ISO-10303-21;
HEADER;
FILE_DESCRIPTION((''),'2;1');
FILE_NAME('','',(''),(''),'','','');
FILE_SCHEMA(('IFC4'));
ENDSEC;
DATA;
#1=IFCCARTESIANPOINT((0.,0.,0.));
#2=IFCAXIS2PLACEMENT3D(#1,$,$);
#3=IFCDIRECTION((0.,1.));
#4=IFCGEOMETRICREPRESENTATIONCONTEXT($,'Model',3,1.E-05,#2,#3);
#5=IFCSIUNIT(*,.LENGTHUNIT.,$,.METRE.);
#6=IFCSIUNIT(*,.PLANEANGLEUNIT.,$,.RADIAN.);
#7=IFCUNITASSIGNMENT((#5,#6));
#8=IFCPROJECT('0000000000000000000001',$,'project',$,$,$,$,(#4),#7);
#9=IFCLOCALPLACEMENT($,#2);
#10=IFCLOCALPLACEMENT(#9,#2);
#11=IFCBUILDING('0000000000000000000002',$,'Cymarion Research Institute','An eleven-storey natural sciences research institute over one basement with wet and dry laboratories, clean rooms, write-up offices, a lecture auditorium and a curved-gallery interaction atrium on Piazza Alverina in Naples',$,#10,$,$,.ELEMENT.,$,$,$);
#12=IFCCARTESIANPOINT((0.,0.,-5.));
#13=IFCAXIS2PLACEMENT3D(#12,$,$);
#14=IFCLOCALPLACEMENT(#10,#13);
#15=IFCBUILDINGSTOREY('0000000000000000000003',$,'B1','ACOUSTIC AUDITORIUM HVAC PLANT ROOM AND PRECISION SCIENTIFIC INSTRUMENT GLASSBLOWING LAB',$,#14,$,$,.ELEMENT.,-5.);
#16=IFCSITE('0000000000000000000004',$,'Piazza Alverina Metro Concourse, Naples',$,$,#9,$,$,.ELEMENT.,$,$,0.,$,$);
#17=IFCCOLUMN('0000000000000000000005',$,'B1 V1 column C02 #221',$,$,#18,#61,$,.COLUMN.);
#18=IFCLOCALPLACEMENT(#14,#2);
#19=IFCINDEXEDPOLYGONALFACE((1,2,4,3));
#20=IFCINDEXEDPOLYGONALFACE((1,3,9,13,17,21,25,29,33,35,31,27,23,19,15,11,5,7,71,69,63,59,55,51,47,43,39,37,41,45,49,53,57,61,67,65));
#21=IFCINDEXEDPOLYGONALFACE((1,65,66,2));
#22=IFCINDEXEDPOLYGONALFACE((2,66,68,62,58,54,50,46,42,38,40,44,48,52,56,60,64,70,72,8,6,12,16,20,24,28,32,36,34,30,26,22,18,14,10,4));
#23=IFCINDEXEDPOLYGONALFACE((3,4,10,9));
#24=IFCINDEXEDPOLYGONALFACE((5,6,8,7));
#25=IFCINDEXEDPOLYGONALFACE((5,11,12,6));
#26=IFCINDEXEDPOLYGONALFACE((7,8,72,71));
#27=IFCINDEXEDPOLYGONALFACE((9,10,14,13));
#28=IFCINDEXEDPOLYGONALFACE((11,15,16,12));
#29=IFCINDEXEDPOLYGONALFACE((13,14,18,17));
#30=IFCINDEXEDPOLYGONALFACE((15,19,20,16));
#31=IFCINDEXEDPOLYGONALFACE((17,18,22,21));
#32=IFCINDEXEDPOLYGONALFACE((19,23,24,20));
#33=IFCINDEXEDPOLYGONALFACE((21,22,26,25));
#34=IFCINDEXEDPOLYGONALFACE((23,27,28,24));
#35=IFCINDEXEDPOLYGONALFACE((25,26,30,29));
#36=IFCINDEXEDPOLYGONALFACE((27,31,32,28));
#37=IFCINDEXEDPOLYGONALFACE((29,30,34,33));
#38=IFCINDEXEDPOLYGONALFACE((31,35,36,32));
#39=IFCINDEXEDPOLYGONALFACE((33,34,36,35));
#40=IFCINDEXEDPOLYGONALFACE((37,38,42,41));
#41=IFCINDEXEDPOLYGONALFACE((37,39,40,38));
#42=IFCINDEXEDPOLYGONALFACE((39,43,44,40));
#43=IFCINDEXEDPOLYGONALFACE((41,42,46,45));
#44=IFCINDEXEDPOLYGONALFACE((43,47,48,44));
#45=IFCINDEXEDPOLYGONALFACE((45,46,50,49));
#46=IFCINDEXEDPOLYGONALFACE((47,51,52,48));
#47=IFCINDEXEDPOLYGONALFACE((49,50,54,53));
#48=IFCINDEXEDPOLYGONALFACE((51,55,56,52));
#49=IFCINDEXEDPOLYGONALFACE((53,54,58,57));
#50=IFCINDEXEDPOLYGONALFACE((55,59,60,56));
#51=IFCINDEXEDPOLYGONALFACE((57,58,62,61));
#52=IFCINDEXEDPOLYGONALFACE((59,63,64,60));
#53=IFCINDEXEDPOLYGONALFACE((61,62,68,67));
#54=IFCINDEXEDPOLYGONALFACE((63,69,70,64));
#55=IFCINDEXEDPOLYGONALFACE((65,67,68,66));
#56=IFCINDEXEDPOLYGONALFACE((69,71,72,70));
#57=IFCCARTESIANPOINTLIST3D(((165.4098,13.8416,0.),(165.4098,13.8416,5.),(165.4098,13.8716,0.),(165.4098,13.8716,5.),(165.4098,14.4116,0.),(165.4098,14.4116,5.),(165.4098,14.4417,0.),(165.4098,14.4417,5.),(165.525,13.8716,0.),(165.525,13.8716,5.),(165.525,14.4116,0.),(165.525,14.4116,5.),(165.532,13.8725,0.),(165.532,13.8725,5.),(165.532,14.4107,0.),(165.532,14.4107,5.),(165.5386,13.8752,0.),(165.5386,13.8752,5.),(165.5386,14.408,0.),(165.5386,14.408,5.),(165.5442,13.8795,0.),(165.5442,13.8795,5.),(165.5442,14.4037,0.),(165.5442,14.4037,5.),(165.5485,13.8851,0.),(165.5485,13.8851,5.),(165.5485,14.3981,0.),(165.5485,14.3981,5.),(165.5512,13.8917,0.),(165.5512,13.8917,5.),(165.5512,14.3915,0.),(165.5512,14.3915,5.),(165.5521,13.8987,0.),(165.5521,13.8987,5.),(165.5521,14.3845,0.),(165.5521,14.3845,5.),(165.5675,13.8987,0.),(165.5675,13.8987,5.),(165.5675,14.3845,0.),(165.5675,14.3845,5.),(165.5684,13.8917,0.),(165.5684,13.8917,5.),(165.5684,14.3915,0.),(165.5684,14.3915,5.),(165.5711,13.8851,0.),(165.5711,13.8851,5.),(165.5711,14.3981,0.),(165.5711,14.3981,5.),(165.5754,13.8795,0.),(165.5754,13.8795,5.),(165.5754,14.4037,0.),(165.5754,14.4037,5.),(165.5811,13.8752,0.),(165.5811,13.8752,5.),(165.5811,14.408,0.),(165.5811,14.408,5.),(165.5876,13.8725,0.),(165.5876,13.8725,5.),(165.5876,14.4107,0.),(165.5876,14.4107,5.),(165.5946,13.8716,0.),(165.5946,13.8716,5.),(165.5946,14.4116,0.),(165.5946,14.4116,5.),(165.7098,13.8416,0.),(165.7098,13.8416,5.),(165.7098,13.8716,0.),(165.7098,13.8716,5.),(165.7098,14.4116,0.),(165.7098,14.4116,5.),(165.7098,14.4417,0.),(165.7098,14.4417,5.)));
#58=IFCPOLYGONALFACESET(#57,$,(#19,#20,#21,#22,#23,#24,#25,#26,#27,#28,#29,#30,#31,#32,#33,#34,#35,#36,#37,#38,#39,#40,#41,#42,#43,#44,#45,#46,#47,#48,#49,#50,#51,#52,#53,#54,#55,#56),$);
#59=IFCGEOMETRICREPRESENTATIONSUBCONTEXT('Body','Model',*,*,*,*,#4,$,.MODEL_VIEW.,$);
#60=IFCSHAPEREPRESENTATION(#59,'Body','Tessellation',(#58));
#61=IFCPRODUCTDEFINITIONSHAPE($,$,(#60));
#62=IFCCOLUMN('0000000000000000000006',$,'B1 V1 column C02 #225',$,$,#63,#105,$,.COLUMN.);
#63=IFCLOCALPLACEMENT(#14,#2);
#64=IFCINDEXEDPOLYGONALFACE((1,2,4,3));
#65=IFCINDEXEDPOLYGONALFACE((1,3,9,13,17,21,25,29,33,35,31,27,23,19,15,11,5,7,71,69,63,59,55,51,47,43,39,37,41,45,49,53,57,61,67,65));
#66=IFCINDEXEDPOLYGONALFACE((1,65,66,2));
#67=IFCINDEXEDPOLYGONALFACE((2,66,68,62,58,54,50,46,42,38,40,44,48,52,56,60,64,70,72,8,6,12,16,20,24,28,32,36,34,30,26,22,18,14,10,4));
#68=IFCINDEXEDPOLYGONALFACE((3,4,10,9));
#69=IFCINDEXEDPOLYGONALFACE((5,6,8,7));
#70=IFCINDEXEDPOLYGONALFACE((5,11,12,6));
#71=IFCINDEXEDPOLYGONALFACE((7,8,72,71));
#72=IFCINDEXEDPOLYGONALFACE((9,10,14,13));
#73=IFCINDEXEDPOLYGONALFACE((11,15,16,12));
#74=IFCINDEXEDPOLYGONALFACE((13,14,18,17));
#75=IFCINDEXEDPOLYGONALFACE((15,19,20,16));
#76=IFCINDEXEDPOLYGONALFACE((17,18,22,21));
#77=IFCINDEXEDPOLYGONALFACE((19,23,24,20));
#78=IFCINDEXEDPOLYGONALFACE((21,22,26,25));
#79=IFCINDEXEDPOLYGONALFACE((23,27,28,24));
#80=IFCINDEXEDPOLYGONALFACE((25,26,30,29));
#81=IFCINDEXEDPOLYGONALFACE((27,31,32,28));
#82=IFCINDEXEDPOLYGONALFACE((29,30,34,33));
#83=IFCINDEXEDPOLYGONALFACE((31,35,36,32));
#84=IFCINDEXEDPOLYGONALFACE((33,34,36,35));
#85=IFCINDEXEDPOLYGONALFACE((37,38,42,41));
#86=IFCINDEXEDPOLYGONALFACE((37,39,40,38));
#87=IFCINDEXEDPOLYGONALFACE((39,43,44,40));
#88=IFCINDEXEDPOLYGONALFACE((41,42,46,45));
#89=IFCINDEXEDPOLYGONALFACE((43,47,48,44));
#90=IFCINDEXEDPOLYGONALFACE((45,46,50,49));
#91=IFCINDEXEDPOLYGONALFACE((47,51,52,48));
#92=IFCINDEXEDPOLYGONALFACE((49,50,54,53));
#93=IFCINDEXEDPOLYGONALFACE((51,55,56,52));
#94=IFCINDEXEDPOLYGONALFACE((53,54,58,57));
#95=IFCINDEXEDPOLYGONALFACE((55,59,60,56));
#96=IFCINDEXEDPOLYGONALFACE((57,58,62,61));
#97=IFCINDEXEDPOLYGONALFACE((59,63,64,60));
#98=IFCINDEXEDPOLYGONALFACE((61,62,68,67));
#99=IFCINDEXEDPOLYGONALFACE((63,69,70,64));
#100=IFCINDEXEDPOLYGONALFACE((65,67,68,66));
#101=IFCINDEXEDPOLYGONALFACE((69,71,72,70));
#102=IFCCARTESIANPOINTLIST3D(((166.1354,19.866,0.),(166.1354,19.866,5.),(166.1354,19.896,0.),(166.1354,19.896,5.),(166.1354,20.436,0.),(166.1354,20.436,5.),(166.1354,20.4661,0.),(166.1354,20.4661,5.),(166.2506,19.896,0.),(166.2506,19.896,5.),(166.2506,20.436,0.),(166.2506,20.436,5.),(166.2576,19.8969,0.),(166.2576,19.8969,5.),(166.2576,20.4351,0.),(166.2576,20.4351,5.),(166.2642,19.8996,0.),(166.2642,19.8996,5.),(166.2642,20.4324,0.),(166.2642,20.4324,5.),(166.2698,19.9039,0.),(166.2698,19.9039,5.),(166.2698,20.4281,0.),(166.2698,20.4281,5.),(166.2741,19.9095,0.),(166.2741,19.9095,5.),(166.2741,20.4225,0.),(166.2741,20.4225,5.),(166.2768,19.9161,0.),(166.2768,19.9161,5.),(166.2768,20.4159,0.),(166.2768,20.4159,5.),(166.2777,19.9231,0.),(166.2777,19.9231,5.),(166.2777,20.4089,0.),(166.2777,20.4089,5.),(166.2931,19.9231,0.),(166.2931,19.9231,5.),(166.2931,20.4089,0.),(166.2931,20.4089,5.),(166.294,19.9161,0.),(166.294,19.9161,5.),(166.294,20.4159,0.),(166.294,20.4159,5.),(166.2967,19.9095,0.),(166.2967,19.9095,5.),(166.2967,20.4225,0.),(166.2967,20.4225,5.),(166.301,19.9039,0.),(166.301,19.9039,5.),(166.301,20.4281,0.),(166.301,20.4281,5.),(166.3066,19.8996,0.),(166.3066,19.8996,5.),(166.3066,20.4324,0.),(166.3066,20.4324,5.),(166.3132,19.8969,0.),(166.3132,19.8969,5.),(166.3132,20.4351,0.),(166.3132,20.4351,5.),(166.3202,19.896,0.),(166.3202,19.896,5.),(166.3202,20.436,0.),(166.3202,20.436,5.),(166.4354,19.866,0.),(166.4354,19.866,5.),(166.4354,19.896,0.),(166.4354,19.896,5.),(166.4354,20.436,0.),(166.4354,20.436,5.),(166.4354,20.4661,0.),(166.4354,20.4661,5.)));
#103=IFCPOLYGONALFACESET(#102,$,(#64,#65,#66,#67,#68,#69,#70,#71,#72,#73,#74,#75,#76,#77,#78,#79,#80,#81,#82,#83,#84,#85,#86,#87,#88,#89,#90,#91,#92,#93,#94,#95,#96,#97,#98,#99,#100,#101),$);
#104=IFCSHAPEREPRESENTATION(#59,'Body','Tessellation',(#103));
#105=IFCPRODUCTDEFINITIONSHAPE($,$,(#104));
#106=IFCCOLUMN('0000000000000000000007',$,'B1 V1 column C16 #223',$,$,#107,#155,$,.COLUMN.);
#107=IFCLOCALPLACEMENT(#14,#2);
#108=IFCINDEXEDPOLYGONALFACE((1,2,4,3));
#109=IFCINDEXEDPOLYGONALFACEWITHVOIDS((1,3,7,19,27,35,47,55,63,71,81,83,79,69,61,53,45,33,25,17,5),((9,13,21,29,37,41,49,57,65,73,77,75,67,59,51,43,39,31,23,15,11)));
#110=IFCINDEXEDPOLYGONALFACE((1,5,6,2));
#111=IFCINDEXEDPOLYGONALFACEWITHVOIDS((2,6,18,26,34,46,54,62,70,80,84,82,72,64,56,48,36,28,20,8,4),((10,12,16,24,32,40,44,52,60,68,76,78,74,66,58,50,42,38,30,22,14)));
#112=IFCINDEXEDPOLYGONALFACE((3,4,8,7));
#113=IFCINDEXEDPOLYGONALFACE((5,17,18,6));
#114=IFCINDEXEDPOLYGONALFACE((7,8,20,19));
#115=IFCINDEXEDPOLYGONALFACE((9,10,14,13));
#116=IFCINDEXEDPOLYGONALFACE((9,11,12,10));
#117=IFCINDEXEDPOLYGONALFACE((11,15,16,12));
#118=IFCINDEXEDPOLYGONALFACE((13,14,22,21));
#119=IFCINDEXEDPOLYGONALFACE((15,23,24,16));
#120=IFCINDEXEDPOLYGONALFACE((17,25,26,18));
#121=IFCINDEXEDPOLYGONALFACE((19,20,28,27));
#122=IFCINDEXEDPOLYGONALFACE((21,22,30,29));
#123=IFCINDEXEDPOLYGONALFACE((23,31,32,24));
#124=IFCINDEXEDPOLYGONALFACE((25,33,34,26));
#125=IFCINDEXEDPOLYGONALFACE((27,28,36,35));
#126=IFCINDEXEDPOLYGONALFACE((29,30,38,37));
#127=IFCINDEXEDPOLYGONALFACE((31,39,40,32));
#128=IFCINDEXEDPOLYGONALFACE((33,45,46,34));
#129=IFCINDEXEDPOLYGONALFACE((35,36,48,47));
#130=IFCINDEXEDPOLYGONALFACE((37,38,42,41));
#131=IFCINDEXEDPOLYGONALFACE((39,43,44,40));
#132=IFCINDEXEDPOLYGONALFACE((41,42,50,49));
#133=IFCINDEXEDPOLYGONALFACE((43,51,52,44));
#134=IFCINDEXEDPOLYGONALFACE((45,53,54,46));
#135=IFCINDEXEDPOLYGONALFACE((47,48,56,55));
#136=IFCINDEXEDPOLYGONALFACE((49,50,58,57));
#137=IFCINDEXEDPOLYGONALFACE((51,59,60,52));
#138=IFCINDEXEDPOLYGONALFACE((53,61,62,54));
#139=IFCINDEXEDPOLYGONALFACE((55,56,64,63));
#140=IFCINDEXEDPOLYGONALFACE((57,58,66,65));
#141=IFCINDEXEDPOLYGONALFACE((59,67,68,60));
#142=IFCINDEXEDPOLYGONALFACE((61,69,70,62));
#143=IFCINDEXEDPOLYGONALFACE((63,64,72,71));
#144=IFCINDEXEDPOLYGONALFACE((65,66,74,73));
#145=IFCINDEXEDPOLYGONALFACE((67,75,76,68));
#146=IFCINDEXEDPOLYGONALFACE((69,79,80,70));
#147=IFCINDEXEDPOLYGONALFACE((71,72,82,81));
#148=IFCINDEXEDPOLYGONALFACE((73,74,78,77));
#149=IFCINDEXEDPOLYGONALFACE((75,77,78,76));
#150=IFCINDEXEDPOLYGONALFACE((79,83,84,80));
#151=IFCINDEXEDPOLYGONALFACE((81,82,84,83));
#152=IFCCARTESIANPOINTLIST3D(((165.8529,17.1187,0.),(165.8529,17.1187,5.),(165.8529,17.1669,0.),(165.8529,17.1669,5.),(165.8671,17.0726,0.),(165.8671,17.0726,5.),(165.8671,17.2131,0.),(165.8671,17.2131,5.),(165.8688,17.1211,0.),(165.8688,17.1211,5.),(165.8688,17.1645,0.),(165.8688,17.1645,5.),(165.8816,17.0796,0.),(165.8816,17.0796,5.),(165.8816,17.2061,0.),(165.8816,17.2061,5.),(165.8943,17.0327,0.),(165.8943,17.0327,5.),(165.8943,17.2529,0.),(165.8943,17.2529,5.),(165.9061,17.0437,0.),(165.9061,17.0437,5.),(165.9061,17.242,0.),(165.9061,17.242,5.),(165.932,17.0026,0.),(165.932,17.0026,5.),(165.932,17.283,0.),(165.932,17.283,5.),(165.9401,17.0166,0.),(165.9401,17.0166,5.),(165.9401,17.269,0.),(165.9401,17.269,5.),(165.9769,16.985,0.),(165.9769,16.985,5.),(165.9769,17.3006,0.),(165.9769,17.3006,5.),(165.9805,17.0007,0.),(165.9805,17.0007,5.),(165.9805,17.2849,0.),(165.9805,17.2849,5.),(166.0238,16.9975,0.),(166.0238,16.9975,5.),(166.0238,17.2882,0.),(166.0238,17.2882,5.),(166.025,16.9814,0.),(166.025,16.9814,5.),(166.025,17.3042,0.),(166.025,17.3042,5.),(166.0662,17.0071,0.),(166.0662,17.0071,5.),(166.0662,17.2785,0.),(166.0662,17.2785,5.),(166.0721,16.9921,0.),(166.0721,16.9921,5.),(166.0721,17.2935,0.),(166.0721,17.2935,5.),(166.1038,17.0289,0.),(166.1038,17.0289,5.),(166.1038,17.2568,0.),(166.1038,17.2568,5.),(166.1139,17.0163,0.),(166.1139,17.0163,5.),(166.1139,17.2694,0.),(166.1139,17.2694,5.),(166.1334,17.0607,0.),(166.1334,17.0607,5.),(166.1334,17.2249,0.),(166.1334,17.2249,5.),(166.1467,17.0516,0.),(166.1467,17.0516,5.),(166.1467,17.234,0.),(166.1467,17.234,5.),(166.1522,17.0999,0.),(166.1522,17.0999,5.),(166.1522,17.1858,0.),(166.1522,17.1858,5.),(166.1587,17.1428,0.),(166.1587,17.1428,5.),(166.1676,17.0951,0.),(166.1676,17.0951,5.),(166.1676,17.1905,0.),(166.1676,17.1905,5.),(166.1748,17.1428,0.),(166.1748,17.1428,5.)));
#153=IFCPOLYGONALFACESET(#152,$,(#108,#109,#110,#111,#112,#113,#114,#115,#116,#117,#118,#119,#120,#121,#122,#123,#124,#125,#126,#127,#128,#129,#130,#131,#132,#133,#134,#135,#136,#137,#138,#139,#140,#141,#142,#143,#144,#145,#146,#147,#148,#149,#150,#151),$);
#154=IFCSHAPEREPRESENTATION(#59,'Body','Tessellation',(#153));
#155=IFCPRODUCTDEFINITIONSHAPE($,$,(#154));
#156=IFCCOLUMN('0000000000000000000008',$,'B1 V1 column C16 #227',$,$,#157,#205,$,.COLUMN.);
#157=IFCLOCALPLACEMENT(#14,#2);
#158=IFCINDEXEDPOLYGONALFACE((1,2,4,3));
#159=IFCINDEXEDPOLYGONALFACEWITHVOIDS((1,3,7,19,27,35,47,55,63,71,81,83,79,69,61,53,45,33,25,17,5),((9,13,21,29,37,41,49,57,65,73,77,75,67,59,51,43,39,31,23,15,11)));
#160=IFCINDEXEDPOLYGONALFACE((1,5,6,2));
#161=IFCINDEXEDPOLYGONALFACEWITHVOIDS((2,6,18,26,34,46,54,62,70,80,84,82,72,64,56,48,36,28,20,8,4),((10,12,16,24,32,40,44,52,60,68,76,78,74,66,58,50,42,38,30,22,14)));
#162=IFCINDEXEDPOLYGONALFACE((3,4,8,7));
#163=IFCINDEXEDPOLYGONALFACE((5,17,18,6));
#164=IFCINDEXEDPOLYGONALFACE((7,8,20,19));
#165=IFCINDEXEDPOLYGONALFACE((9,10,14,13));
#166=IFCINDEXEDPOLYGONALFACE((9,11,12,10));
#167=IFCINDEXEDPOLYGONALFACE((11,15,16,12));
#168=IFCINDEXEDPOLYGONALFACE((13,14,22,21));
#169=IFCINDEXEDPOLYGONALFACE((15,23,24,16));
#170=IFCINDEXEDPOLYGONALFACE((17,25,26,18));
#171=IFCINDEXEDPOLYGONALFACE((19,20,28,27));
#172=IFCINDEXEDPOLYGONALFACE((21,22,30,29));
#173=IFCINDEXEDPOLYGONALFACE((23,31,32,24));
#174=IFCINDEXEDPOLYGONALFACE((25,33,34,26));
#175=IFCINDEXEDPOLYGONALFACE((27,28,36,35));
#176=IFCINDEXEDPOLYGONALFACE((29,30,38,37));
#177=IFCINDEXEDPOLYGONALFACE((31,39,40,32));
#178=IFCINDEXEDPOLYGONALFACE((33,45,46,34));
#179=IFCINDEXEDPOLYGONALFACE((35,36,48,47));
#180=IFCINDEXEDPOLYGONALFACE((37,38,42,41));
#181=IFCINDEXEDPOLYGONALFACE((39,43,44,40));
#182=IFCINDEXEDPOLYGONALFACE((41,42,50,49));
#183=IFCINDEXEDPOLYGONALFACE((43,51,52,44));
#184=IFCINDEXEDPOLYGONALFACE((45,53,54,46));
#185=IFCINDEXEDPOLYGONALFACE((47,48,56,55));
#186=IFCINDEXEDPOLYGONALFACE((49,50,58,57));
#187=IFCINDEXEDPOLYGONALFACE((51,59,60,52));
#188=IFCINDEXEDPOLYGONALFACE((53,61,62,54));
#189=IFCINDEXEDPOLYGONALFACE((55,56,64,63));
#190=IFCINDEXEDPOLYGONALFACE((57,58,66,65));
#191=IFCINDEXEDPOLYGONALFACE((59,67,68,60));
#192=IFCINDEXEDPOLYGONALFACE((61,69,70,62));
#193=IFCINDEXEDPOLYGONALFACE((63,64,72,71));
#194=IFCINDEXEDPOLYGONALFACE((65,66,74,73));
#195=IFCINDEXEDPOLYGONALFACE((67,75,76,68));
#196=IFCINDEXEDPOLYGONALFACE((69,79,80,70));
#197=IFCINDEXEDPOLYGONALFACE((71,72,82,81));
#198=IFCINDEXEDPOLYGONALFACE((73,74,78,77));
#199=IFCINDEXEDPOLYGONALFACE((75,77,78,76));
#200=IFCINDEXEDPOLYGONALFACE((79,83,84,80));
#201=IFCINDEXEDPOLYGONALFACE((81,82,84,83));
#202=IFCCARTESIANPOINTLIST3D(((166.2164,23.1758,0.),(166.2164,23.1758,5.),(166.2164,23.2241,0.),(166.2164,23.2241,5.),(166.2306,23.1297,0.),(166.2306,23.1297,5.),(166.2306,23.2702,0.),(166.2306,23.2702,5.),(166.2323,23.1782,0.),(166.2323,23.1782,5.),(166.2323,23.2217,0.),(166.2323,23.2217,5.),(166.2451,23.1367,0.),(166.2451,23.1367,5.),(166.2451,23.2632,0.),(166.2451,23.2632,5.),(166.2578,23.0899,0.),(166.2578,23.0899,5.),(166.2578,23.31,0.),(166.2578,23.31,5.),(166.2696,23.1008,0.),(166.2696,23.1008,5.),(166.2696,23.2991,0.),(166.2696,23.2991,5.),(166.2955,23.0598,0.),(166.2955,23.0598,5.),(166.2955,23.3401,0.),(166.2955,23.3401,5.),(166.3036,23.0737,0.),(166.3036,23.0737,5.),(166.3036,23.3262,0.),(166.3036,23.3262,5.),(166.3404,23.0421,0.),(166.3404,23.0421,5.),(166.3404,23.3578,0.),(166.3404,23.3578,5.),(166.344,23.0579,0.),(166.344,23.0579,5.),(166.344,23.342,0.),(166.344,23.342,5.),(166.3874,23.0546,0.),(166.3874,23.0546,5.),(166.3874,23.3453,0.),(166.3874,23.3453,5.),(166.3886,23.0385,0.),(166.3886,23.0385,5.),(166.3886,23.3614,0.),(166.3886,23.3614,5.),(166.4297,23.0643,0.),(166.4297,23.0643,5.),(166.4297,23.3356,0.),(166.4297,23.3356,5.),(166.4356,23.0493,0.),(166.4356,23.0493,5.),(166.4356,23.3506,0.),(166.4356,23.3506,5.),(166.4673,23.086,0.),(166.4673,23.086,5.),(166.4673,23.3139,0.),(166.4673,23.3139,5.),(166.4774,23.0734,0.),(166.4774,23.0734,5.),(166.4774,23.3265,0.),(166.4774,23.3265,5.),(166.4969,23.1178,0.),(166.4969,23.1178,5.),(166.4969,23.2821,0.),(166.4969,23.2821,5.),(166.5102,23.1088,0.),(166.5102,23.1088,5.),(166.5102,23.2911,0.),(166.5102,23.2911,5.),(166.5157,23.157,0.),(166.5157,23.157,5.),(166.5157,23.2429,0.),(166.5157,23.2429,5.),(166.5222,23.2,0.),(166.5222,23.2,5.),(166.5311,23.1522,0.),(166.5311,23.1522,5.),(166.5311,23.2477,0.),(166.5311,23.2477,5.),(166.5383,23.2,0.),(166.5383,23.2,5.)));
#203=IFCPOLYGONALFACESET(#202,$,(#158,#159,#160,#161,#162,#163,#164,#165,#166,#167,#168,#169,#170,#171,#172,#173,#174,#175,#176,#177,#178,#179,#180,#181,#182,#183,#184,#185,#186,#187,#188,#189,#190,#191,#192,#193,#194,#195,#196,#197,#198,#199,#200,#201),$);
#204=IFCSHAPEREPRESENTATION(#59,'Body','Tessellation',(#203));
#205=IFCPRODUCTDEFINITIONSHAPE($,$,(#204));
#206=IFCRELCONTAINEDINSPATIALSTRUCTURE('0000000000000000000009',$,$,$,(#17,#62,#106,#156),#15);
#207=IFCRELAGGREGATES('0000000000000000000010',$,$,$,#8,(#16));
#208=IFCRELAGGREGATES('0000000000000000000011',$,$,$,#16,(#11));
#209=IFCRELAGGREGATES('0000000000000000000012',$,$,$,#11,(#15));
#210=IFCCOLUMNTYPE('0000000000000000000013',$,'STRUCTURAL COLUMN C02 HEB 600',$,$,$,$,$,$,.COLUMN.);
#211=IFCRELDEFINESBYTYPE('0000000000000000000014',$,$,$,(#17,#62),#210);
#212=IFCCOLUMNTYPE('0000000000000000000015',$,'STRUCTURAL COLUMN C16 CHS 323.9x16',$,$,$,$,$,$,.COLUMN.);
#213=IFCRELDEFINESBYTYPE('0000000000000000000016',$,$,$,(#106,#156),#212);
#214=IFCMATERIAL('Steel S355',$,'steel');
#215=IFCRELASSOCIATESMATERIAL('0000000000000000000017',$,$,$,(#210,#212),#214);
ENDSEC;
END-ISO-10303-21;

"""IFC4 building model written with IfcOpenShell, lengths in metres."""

from ifc_helpers import new_model, si_unit, direction, frame, origin, origin_2d, place, context, subcontext, project, spatial, hollow_circle, i_section, extrude, material, material_profile, profile_set, type_object, element, save


model = new_model("IFC4")

# Units and contexts
model_context = context("Model", 3, precision=1e-05, world=origin(), true_north=direction((0.0, 1.0)))
body_context = subcontext(model_context, "Body", "Model", "MODEL_VIEW")
ifc_project = project(units=[si_unit("LENGTHUNIT", "METRE"), si_unit("PLANEANGLEUNIT", "RADIAN")], contexts=[model_context])

# Site, building, storey
site_placement = place(None, origin())
site = spatial("IfcSite", under=ifc_project, at=site_placement, Name="Piazza Alverina Metro Concourse, Naples", CompositionType="ELEMENT", RefElevation=0.0)
building_placement = place(site_placement, origin())
building = spatial("IfcBuilding", under=site, at=building_placement, Name="Cymarion Research Institute", Description="An eleven-storey natural sciences research institute over one basement with wet and dry laboratories, clean rooms, write-up offices, a lecture auditorium and a curved-gallery interaction atrium on Piazza Alverina in Naples", CompositionType="ELEMENT")
storey_placement = place(building_placement, frame((0.0, 0.0, -5.0)))
storey = spatial("IfcBuildingStorey", under=building, at=storey_placement, Name="B1", Description="ACOUSTIC AUDITORIUM HVAC PLANT ROOM AND PRECISION SCIENTIFIC INSTRUMENT GLASSBLOWING LAB", CompositionType="ELEMENT", Elevation=-5.0)

# Columns
ifc_material_1 = material(Name="Steel S355", Category="steel")
ifc_material_profile_1 = material_profile(ifc_material_1, i_section(OverallWidth=0.3, OverallDepth=0.6001, WebThickness=0.0154, FlangeThickness=0.03, FilletRadius=0.0271, at=origin_2d()), Name="HEB 600")
ifc_profile_set_1 = profile_set([ifc_material_profile_1], Name="Steel S355")
column_type_1 = type_object("IfcColumnType", Name="STRUCTURAL COLUMN C02 HEB 600", PredefinedType="COLUMN", material=ifc_profile_set_1)
for number, where, z_axis, x_axis, name in (
    (1, (165.5598, 14.1416, 0.0), (0.0, 0.0, 1.0), (1.0, 0.0, 0.0), "B1 V1 column C02 #221"),
    (2, (166.2854, 20.166, 0.0), (0.0, 0.0, 1.0), (1.0, 0.0, 0.0), "B1 V1 column C02 #225"),
):
    element("IfcColumn", number, at=place(storey_placement, frame(where, z_axis=z_axis, x_axis=x_axis)), inside=storey, type_object=column_type_1, Name=name, PredefinedType="COLUMN", context=body_context, shape_type="SweptSolid", body=[
        extrude(i_section(OverallWidth=0.3, OverallDepth=0.6001, WebThickness=0.0154, FlangeThickness=0.03, FilletRadius=0.0271, at=origin_2d()), origin(), (0.0, 0.0, 1.0), 5.0),
    ])
ifc_material_profile_2 = material_profile(ifc_material_1, hollow_circle(Radius=0.1619, WallThickness=0.0161, at=origin_2d()), Name="CHS 323.9x16")
ifc_profile_set_2 = profile_set([ifc_material_profile_2], Name="Steel S355")
column_type_2 = type_object("IfcColumnType", Name="STRUCTURAL COLUMN C16 CHS 323.9x16", PredefinedType="COLUMN", material=ifc_profile_set_2)
for number, where, z_axis, x_axis, name in (
    (3, (166.0129, 17.1428, 0.0), (0.0, 0.0, 1.0), (1.0, 0.0, 0.0), "B1 V1 column C16 #223"),
    (4, (166.3765, 23.2, 0.0), (0.0, 0.0, 1.0), (1.0, 0.0, 0.0), "B1 V1 column C16 #227"),
):
    element("IfcColumn", number, at=place(storey_placement, frame(where, z_axis=z_axis, x_axis=x_axis)), inside=storey, type_object=column_type_2, Name=name, PredefinedType="COLUMN", context=body_context, shape_type="SweptSolid", body=[
        extrude(hollow_circle(Radius=0.1619, WallThickness=0.0161, at=origin_2d()), origin(), (0.0, 0.0, 1.0), 5.0),
    ])

save(model, "model.ifc")
